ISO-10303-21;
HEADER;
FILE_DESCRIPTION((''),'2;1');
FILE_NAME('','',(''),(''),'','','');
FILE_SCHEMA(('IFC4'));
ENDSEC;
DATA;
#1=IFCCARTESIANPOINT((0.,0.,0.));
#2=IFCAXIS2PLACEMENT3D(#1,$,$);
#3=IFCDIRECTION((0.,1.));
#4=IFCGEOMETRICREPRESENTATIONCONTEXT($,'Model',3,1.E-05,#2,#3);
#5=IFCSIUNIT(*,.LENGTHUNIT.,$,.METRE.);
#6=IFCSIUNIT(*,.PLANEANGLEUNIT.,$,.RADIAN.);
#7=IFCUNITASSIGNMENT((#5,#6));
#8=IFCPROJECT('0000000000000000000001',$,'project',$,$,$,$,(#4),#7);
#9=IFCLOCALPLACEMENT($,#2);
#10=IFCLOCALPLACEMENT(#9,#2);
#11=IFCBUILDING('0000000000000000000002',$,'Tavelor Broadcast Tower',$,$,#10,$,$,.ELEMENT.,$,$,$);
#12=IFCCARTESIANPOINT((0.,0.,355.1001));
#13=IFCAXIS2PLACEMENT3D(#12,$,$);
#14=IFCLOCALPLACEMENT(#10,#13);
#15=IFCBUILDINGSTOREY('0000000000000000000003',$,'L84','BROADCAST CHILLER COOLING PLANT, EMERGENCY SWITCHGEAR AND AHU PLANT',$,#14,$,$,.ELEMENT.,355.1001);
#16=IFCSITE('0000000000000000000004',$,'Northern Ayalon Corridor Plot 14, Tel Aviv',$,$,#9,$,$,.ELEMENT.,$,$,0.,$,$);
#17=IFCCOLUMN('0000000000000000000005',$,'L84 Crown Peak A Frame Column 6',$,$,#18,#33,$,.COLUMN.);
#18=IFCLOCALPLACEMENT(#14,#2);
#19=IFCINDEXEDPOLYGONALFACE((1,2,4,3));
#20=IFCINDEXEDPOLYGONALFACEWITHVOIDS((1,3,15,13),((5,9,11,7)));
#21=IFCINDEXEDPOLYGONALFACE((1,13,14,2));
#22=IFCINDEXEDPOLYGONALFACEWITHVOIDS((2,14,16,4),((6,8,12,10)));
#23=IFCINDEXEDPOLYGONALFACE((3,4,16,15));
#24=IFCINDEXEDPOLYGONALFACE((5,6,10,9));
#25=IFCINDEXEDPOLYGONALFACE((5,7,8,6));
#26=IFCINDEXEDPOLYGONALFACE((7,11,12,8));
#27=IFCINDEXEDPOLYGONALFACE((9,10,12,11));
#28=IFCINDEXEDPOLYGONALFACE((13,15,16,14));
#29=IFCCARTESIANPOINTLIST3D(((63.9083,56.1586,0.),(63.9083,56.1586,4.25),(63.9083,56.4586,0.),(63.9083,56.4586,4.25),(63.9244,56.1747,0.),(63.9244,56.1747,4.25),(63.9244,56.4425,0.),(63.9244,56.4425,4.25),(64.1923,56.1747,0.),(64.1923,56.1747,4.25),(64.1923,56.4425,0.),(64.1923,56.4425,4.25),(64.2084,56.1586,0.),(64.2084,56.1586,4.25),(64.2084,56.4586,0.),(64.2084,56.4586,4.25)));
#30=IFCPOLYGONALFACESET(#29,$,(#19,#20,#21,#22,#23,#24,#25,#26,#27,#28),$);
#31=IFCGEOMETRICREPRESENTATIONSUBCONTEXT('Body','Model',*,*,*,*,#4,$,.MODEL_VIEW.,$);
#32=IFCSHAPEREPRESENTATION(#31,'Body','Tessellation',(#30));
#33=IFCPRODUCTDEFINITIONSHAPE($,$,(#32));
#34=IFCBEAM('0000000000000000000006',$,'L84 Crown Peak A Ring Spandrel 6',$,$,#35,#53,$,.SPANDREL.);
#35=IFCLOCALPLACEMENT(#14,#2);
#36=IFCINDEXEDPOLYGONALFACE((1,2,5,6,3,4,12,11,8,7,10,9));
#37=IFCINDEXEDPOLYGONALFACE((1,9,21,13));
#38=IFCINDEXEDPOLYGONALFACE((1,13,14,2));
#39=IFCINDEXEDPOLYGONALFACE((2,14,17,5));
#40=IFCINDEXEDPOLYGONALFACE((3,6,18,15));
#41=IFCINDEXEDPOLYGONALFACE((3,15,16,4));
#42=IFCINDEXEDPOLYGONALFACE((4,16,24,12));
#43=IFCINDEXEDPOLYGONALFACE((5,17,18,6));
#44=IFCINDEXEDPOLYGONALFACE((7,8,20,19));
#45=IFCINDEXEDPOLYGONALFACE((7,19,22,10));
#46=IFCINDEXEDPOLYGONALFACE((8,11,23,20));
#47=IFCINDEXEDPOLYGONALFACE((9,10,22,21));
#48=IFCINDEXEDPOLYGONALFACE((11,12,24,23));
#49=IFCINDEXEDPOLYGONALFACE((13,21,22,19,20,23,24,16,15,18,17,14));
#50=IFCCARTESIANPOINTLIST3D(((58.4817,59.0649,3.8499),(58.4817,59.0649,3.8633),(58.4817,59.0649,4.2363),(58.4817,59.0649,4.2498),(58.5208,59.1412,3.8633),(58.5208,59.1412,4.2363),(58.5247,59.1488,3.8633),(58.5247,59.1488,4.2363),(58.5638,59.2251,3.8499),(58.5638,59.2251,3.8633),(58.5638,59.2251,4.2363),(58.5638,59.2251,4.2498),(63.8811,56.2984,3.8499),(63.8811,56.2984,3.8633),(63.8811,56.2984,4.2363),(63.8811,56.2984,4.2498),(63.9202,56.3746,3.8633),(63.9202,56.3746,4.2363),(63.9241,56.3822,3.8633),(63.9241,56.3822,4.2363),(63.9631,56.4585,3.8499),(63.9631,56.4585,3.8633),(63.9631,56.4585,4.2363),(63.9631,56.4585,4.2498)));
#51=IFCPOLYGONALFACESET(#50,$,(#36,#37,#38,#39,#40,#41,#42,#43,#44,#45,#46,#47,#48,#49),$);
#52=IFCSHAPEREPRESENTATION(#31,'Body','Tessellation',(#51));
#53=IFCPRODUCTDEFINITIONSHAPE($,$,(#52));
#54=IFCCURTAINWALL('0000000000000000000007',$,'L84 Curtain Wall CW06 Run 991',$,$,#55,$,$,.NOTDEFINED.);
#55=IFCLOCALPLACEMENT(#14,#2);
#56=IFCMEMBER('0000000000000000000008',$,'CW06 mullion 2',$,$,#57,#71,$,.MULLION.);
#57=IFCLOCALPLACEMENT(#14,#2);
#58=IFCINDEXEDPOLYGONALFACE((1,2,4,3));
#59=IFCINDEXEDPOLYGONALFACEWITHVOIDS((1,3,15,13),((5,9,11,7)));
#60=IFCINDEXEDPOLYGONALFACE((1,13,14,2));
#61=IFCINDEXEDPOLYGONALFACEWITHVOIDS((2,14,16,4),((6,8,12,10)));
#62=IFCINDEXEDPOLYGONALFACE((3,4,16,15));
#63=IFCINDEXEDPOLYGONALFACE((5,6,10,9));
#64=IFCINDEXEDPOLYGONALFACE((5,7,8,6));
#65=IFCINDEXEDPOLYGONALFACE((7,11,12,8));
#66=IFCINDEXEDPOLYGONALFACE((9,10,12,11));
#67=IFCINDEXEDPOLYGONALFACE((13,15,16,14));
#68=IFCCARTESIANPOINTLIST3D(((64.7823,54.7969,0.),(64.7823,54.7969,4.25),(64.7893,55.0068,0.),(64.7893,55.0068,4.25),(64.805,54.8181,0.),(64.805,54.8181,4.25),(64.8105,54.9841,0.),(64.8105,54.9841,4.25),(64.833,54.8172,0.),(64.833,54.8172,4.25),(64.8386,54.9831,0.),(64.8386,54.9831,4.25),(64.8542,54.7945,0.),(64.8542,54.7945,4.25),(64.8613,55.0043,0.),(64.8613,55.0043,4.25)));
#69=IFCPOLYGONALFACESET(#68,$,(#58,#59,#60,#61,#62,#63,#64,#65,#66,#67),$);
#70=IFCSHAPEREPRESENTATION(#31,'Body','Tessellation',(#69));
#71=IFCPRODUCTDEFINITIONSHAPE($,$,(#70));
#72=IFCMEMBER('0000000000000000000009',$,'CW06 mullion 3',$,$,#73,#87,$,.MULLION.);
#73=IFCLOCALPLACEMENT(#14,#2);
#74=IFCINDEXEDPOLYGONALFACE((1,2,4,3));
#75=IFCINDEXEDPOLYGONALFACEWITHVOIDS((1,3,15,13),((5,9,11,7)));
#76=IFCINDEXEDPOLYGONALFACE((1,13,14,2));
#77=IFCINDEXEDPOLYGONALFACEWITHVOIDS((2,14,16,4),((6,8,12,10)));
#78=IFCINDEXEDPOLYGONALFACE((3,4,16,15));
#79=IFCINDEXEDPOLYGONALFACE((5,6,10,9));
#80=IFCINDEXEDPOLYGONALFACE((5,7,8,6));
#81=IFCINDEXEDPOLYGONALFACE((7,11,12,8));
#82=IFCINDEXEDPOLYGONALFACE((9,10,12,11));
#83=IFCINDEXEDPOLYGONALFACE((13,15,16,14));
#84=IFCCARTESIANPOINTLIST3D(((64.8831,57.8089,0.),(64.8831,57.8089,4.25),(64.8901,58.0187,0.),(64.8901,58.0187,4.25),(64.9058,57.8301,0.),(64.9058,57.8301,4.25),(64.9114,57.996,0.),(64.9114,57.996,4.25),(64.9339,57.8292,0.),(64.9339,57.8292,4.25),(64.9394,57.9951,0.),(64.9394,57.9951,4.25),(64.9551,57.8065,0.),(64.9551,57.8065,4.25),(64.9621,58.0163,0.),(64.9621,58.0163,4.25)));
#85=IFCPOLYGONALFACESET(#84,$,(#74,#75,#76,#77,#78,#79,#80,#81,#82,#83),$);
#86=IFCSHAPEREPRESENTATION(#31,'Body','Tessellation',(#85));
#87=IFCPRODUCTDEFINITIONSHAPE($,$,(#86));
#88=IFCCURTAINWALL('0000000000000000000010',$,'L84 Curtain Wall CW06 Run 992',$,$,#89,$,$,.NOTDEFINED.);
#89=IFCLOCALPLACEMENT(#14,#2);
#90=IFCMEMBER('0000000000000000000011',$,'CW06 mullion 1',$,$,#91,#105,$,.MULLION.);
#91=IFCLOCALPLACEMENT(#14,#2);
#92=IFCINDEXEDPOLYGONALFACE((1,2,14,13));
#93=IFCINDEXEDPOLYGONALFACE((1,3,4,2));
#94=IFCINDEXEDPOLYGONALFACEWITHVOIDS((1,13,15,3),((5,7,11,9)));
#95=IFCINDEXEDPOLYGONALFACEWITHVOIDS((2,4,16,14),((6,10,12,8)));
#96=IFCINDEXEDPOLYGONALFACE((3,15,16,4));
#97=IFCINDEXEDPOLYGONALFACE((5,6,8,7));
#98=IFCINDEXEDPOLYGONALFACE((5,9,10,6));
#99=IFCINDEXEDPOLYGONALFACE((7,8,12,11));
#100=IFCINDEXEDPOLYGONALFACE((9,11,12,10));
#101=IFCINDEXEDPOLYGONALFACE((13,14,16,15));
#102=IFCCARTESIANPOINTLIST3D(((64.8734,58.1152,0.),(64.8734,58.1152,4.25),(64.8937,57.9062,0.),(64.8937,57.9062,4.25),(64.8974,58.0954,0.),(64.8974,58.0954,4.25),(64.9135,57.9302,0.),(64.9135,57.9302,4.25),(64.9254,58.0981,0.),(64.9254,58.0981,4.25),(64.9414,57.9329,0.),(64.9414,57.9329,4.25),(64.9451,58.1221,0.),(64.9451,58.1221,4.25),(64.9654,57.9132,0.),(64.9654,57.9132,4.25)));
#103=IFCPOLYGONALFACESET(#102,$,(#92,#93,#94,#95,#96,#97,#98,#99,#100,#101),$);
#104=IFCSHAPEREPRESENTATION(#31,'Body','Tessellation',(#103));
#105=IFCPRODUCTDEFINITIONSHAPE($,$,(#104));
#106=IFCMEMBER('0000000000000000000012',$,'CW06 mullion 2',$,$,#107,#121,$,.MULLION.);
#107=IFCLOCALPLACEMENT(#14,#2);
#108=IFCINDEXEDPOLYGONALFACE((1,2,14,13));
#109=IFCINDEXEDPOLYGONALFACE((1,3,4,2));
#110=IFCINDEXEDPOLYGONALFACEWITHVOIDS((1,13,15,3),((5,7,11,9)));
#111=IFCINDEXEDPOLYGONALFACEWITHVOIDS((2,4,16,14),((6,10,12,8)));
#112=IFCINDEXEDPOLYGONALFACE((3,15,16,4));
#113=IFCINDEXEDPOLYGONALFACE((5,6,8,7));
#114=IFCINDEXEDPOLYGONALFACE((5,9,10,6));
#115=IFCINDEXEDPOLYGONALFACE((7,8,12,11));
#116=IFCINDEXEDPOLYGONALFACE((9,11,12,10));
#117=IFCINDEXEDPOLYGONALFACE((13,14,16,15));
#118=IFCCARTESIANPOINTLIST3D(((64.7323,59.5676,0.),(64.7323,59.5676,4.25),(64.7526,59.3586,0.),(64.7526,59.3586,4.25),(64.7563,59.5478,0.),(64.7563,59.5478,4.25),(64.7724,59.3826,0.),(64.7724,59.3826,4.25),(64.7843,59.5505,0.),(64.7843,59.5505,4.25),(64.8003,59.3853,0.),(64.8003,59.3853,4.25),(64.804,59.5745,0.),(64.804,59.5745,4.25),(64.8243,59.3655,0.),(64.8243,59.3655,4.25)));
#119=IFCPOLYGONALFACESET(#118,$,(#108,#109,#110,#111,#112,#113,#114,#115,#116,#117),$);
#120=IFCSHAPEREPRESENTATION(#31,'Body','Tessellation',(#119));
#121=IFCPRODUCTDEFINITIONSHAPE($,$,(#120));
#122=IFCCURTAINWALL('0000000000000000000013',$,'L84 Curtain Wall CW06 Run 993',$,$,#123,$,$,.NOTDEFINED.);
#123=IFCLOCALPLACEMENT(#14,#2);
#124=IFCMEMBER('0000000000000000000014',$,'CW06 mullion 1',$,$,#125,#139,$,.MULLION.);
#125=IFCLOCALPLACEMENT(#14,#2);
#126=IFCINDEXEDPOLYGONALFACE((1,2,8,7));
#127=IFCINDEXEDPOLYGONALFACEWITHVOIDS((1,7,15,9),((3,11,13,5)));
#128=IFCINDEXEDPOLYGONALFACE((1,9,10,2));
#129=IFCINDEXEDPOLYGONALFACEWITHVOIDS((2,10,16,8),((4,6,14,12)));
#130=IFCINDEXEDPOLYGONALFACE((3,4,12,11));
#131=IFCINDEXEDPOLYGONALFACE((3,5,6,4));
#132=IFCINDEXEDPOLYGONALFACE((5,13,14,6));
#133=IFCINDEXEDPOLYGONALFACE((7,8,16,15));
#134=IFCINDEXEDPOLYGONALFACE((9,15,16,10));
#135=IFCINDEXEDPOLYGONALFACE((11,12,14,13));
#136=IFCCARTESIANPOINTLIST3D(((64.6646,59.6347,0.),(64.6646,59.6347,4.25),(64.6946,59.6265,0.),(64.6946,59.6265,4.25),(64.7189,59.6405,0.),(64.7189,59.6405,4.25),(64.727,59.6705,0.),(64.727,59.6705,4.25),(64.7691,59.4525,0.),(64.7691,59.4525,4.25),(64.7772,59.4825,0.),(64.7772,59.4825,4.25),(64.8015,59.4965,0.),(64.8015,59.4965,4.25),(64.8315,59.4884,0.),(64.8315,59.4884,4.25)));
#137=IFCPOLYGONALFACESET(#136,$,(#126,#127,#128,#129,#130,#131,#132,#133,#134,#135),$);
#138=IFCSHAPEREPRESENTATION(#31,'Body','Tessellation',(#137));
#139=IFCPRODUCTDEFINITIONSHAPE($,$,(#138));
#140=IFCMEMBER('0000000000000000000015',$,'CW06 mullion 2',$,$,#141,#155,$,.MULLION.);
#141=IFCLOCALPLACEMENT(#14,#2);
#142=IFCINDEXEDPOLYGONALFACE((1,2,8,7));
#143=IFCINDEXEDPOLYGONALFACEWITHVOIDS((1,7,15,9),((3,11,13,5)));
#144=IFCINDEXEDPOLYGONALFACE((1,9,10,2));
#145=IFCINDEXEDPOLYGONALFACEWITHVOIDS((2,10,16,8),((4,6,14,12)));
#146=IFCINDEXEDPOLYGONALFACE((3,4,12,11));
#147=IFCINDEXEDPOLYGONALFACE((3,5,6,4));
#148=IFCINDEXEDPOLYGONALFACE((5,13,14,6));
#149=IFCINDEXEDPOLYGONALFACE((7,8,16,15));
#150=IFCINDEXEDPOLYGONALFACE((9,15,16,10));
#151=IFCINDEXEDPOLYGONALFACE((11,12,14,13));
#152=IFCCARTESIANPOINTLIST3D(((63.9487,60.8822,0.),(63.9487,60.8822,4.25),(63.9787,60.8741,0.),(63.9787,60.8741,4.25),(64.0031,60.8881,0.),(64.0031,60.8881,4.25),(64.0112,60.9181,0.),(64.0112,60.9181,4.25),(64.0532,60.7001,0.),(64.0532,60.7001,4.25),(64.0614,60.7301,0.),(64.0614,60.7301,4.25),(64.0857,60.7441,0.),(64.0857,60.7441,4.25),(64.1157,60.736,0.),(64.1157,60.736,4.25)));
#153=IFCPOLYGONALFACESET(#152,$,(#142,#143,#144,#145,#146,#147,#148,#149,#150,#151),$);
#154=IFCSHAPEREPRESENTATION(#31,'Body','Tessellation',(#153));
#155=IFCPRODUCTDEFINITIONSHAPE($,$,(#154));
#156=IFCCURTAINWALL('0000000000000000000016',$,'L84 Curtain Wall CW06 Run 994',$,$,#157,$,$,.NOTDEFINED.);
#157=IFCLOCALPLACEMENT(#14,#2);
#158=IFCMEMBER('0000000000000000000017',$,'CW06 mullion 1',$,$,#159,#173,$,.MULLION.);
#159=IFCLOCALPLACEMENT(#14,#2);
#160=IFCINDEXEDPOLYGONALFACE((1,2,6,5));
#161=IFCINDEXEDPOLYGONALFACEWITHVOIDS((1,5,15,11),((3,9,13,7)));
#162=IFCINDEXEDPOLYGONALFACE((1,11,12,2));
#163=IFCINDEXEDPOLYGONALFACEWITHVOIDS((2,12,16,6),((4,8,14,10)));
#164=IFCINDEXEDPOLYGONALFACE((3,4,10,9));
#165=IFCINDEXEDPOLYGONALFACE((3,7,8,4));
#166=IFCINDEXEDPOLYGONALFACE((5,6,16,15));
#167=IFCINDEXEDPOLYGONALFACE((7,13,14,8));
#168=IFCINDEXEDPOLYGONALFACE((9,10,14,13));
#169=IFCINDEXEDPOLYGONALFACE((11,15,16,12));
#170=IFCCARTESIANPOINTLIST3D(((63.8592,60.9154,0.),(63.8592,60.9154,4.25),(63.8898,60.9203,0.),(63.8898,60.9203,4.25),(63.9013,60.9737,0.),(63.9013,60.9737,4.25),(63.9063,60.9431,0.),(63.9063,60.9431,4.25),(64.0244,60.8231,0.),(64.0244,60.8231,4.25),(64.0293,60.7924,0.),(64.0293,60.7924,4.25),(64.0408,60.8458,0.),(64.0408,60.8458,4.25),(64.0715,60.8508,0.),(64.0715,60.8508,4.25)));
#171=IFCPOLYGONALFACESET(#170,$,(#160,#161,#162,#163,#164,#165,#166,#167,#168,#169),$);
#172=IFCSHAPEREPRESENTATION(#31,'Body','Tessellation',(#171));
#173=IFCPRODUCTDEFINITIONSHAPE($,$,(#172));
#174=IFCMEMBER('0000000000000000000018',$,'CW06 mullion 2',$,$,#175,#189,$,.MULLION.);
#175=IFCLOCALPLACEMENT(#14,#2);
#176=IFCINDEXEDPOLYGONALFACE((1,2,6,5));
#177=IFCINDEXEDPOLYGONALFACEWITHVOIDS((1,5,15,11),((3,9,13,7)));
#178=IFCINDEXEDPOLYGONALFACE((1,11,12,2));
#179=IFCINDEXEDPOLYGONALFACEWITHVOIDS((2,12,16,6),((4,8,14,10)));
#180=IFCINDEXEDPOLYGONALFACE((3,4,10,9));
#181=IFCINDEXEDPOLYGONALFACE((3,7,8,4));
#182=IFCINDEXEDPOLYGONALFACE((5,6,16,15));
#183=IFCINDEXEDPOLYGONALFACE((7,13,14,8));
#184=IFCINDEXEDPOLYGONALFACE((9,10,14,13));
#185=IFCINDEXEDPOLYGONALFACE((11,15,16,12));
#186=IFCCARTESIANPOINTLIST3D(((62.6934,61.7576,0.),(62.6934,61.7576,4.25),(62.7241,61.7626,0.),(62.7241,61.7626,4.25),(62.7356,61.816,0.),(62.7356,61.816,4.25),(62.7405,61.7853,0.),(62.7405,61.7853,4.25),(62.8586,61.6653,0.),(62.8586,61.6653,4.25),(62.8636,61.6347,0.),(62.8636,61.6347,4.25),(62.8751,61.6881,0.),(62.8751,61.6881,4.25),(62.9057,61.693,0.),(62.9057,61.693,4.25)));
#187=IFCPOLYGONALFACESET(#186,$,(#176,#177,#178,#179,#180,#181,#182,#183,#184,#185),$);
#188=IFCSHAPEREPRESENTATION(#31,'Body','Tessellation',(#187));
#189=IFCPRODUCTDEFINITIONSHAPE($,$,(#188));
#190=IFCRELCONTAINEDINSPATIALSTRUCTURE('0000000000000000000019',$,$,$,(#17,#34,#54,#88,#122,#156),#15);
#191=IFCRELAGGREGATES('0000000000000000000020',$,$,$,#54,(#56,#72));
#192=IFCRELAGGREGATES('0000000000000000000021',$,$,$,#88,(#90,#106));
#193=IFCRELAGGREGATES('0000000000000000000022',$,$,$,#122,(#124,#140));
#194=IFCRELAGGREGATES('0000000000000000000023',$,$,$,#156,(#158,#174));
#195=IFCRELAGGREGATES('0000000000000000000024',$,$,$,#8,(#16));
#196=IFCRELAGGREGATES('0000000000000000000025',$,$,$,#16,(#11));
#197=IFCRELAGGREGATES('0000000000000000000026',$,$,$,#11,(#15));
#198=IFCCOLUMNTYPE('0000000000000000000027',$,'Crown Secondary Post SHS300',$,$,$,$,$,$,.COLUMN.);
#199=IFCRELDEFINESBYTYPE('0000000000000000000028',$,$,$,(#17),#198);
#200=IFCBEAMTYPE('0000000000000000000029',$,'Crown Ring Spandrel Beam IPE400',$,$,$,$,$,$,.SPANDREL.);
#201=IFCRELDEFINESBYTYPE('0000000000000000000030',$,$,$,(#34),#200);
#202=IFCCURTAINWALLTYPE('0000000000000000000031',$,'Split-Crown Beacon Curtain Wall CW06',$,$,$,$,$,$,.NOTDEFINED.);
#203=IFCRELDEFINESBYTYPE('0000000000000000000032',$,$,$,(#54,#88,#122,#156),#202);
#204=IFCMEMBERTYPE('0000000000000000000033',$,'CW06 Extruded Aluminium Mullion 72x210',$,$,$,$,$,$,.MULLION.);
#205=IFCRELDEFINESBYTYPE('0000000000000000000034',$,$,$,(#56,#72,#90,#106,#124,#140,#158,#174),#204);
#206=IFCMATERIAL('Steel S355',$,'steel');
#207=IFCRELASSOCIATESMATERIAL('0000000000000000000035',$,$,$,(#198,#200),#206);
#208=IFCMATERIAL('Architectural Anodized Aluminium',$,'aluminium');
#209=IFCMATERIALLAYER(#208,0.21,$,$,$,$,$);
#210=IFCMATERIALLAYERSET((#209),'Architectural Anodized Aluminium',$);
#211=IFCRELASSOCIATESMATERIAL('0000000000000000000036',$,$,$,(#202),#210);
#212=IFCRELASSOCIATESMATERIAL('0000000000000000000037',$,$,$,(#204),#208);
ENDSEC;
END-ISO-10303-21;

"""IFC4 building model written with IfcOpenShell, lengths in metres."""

from ifc_helpers import new_model, si_unit, direction, frame, origin, origin_2d, place, context, subcontext, project, spatial, hollow_rectangle, i_section, extrude, source, transform, mapped, material, layer, layer_set, material_profile, profile_set, type_object, type_shapes, element, aggregate, save


model = new_model("IFC4")

# Units and contexts
model_context = context("Model", 3, precision=1e-05, world=origin(), true_north=direction((0.0, 1.0)))
body_context = subcontext(model_context, "Body", "Model", "MODEL_VIEW")
ifc_project = project(units=[si_unit("LENGTHUNIT", "METRE"), si_unit("PLANEANGLEUNIT", "RADIAN")], contexts=[model_context])

# Site, building, storey
site_placement = place(None, origin())
site = spatial("IfcSite", under=ifc_project, at=site_placement, Name="Northern Ayalon Corridor Plot 14, Tel Aviv", CompositionType="ELEMENT", RefElevation=0.0)
building_placement = place(site_placement, origin())
building = spatial("IfcBuilding", under=site, at=building_placement, Name="Tavelor Broadcast Tower", CompositionType="ELEMENT")
storey_placement = place(building_placement, frame((0.0, 0.0, 355.1001)))
storey = spatial("IfcBuildingStorey", under=building, at=storey_placement, Name="L84", Description="BROADCAST CHILLER COOLING PLANT, EMERGENCY SWITCHGEAR AND AHU PLANT", CompositionType="ELEMENT", Elevation=355.1001)

# Column
ifc_material_1 = material(Name="Steel S355", Category="steel")
ifc_material_profile_1 = material_profile(ifc_material_1, hollow_rectangle(XDim=0.3, YDim=0.3, WallThickness=0.0161, at=origin_2d()), Name="SHS 300x300x16")
ifc_profile_set_1 = profile_set([ifc_material_profile_1], Name="Steel S355")
column_type = type_object("IfcColumnType", Name="Crown Secondary Post SHS300", PredefinedType="COLUMN", material=ifc_profile_set_1)
column_placement = place(storey_placement, frame((64.0583, 56.3086, 0.0), z_axis=(0.0, 0.0, 1.0), x_axis=(1.0, 0.0, 0.0)))
element("IfcColumn", 1, at=column_placement, inside=storey, type_object=column_type, Name="L84 Crown Peak A Frame Column 6", PredefinedType="COLUMN", context=body_context, shape_type="SweptSolid", body=[
    extrude(hollow_rectangle(XDim=0.3, YDim=0.3, WallThickness=0.0161, at=origin_2d()), origin(), (0.0, 0.0, 1.0), 4.25),
])

# Beam
ifc_material_profile_2 = material_profile(ifc_material_1, i_section(OverallWidth=0.1799, OverallDepth=0.3999, WebThickness=0.0085, FlangeThickness=0.0134, at=origin_2d()), Name="IPE 400")
ifc_profile_set_2 = profile_set([ifc_material_profile_2], Name="Steel S355")
beam_type = type_object("IfcBeamType", Name="Crown Ring Spandrel Beam IPE400", PredefinedType="SPANDREL", material=ifc_profile_set_2)
beam_placement = place(storey_placement, frame((63.9221, 56.3784, 4.0498), z_axis=(-0.889973, 0.456013, 0.0), x_axis=(-0.456013, -0.889973, 0.0)))
element("IfcBeam", 2, at=beam_placement, inside=storey, type_object=beam_type, Name="L84 Crown Peak A Ring Spandrel 6", PredefinedType="SPANDREL", context=body_context, shape_type="SweptSolid", body=[
    extrude(i_section(OverallWidth=0.1799, OverallDepth=0.3999, WebThickness=0.0085, FlangeThickness=0.0134, at=origin_2d()), origin(), (0.0, 0.0, 1.0), 6.0669),
])

# Curtain walls, members
ifc_material_2 = material(Name="Architectural Anodized Aluminium", Category="aluminium")
ifc_layer_1 = layer(ifc_material_2, 0.21)
ifc_layer_set_1 = layer_set([ifc_layer_1], Name="Architectural Anodized Aluminium")
curtain_wall_type = type_object("IfcCurtainWallType", Name="Split-Crown Beacon Curtain Wall CW06", PredefinedType="NOTDEFINED", material=ifc_layer_set_1)
curtain_wall_1_placement = place(storey_placement, origin())
curtain_wall_1 = element("IfcCurtainWall", 3, at=curtain_wall_1_placement, inside=storey, type_object=curtain_wall_type, Name="L84 Curtain Wall CW06 Run 991", PredefinedType="NOTDEFINED")
ifc_material_profile_3 = material_profile(ifc_material_2, hollow_rectangle(XDim=0.072, YDim=0.21, WallThickness=0.022, at=origin_2d()), Name="RHS 72x210x22")
ifc_profile_set_3 = profile_set([ifc_material_profile_3], Name="Architectural Anodized Aluminium")
member_type_1 = type_object("IfcMemberType", Name="CW06 Extruded Aluminium Mullion 72x210", PredefinedType="MULLION", material=ifc_profile_set_3)
shared_shape_1 = source(origin(), body_context, "Body", "SweptSolid", [
    extrude(hollow_rectangle(XDim=0.072, YDim=0.21, WallThickness=0.022, at=origin_2d()), origin(), (0.0, 0.0, 1.0), 4.25),
])
type_shapes(member_type_1, [shared_shape_1])
member_1_placement = place(storey_placement, frame((64.8218, 54.9006, 0.0), z_axis=(0.0, 0.0, 1.0), x_axis=(-0.999438, 0.033514, 0.0)))
member_1 = element("IfcMember", 4, at=member_1_placement, type_object=member_type_1, Name="CW06 mullion 2", PredefinedType="MULLION", context=body_context, shape_type="MappedRepresentation", body=[
    mapped(shared_shape_1, transform((0.0, 0.0, 0.0), scale=1.0)),
])
member_2_placement = place(storey_placement, frame((64.9226, 57.9126, 0.0), z_axis=(0.0, 0.0, 1.0), x_axis=(-0.999438, 0.033514, 0.0)))
member_2 = element("IfcMember", 5, at=member_2_placement, type_object=member_type_1, Name="CW06 mullion 3", PredefinedType="MULLION", context=body_context, shape_type="MappedRepresentation", body=[
    mapped(shared_shape_1, transform((0.0, 0.0, 0.0), scale=1.0)),
])
curtain_wall_2_placement = place(storey_placement, origin())
curtain_wall_2 = element("IfcCurtainWall", 6, at=curtain_wall_2_placement, inside=storey, type_object=curtain_wall_type, Name="L84 Curtain Wall CW06 Run 992", PredefinedType="NOTDEFINED")
member_3_placement = place(storey_placement, frame((64.9194, 58.0142, 0.0), z_axis=(0.0, 0.0, 1.0), x_axis=(-0.995311, -0.096723, 0.0)))
member_3 = element("IfcMember", 7, at=member_3_placement, type_object=member_type_1, Name="CW06 mullion 1", PredefinedType="MULLION", context=body_context, shape_type="MappedRepresentation", body=[
    mapped(shared_shape_1, transform((0.0, 0.0, 0.0), scale=1.0)),
])
member_4_placement = place(storey_placement, frame((64.7783, 59.4666, 0.0), z_axis=(0.0, 0.0, 1.0), x_axis=(-0.995311, -0.096723, 0.0)))
member_4 = element("IfcMember", 8, at=member_4_placement, type_object=member_type_1, Name="CW06 mullion 2", PredefinedType="MULLION", context=body_context, shape_type="MappedRepresentation", body=[
    mapped(shared_shape_1, transform((0.0, 0.0, 0.0), scale=1.0)),
])
curtain_wall_3_placement = place(storey_placement, origin())
curtain_wall_3 = element("IfcCurtainWall", 9, at=curtain_wall_3_placement, inside=storey, type_object=curtain_wall_type, Name="L84 Curtain Wall CW06 Run 993", PredefinedType="NOTDEFINED")
member_5_placement = place(storey_placement, frame((64.748, 59.5615, 0.0), z_axis=(0.0, 0.0, 1.0), x_axis=(-0.867317, -0.497757, 0.0)))
member_5 = element("IfcMember", 10, at=member_5_placement, type_object=member_type_1, Name="CW06 mullion 1", PredefinedType="MULLION", context=body_context, shape_type="MappedRepresentation", body=[
    mapped(shared_shape_1, transform((0.0, 0.0, 0.0), scale=1.0)),
])
member_6_placement = place(storey_placement, frame((64.0322, 60.8091, 0.0), z_axis=(0.0, 0.0, 1.0), x_axis=(-0.867317, -0.497757, 0.0)))
member_6 = element("IfcMember", 11, at=member_6_placement, type_object=member_type_1, Name="CW06 mullion 2", PredefinedType="MULLION", context=body_context, shape_type="MappedRepresentation", body=[
    mapped(shared_shape_1, transform((0.0, 0.0, 0.0), scale=1.0)),
])
curtain_wall_4_placement = place(storey_placement, origin())
curtain_wall_4 = element("IfcCurtainWall", 12, at=curtain_wall_4_placement, inside=storey, type_object=curtain_wall_type, Name="L84 Curtain Wall CW06 Run 994", PredefinedType="NOTDEFINED")
member_7_placement = place(storey_placement, frame((63.9653, 60.8831, 0.0), z_axis=(0.0, 0.0, 1.0), x_axis=(-0.585677, -0.810545, 0.0)))
member_7 = element("IfcMember", 13, at=member_7_placement, type_object=member_type_1, Name="CW06 mullion 1", PredefinedType="MULLION", context=body_context, shape_type="MappedRepresentation", body=[
    mapped(shared_shape_1, transform((0.0, 0.0, 0.0), scale=1.0)),
])
member_8_placement = place(storey_placement, frame((62.7996, 61.7253, 0.0), z_axis=(0.0, 0.0, 1.0), x_axis=(-0.585677, -0.810545, 0.0)))
member_8 = element("IfcMember", 14, at=member_8_placement, type_object=member_type_1, Name="CW06 mullion 2", PredefinedType="MULLION", context=body_context, shape_type="MappedRepresentation", body=[
    mapped(shared_shape_1, transform((0.0, 0.0, 0.0), scale=1.0)),
])

aggregate(curtain_wall_1, [member_1, member_2])
aggregate(curtain_wall_2, [member_3, member_4])
aggregate(curtain_wall_3, [member_5, member_6])
aggregate(curtain_wall_4, [member_7, member_8])

save(model, "model.ifc")
